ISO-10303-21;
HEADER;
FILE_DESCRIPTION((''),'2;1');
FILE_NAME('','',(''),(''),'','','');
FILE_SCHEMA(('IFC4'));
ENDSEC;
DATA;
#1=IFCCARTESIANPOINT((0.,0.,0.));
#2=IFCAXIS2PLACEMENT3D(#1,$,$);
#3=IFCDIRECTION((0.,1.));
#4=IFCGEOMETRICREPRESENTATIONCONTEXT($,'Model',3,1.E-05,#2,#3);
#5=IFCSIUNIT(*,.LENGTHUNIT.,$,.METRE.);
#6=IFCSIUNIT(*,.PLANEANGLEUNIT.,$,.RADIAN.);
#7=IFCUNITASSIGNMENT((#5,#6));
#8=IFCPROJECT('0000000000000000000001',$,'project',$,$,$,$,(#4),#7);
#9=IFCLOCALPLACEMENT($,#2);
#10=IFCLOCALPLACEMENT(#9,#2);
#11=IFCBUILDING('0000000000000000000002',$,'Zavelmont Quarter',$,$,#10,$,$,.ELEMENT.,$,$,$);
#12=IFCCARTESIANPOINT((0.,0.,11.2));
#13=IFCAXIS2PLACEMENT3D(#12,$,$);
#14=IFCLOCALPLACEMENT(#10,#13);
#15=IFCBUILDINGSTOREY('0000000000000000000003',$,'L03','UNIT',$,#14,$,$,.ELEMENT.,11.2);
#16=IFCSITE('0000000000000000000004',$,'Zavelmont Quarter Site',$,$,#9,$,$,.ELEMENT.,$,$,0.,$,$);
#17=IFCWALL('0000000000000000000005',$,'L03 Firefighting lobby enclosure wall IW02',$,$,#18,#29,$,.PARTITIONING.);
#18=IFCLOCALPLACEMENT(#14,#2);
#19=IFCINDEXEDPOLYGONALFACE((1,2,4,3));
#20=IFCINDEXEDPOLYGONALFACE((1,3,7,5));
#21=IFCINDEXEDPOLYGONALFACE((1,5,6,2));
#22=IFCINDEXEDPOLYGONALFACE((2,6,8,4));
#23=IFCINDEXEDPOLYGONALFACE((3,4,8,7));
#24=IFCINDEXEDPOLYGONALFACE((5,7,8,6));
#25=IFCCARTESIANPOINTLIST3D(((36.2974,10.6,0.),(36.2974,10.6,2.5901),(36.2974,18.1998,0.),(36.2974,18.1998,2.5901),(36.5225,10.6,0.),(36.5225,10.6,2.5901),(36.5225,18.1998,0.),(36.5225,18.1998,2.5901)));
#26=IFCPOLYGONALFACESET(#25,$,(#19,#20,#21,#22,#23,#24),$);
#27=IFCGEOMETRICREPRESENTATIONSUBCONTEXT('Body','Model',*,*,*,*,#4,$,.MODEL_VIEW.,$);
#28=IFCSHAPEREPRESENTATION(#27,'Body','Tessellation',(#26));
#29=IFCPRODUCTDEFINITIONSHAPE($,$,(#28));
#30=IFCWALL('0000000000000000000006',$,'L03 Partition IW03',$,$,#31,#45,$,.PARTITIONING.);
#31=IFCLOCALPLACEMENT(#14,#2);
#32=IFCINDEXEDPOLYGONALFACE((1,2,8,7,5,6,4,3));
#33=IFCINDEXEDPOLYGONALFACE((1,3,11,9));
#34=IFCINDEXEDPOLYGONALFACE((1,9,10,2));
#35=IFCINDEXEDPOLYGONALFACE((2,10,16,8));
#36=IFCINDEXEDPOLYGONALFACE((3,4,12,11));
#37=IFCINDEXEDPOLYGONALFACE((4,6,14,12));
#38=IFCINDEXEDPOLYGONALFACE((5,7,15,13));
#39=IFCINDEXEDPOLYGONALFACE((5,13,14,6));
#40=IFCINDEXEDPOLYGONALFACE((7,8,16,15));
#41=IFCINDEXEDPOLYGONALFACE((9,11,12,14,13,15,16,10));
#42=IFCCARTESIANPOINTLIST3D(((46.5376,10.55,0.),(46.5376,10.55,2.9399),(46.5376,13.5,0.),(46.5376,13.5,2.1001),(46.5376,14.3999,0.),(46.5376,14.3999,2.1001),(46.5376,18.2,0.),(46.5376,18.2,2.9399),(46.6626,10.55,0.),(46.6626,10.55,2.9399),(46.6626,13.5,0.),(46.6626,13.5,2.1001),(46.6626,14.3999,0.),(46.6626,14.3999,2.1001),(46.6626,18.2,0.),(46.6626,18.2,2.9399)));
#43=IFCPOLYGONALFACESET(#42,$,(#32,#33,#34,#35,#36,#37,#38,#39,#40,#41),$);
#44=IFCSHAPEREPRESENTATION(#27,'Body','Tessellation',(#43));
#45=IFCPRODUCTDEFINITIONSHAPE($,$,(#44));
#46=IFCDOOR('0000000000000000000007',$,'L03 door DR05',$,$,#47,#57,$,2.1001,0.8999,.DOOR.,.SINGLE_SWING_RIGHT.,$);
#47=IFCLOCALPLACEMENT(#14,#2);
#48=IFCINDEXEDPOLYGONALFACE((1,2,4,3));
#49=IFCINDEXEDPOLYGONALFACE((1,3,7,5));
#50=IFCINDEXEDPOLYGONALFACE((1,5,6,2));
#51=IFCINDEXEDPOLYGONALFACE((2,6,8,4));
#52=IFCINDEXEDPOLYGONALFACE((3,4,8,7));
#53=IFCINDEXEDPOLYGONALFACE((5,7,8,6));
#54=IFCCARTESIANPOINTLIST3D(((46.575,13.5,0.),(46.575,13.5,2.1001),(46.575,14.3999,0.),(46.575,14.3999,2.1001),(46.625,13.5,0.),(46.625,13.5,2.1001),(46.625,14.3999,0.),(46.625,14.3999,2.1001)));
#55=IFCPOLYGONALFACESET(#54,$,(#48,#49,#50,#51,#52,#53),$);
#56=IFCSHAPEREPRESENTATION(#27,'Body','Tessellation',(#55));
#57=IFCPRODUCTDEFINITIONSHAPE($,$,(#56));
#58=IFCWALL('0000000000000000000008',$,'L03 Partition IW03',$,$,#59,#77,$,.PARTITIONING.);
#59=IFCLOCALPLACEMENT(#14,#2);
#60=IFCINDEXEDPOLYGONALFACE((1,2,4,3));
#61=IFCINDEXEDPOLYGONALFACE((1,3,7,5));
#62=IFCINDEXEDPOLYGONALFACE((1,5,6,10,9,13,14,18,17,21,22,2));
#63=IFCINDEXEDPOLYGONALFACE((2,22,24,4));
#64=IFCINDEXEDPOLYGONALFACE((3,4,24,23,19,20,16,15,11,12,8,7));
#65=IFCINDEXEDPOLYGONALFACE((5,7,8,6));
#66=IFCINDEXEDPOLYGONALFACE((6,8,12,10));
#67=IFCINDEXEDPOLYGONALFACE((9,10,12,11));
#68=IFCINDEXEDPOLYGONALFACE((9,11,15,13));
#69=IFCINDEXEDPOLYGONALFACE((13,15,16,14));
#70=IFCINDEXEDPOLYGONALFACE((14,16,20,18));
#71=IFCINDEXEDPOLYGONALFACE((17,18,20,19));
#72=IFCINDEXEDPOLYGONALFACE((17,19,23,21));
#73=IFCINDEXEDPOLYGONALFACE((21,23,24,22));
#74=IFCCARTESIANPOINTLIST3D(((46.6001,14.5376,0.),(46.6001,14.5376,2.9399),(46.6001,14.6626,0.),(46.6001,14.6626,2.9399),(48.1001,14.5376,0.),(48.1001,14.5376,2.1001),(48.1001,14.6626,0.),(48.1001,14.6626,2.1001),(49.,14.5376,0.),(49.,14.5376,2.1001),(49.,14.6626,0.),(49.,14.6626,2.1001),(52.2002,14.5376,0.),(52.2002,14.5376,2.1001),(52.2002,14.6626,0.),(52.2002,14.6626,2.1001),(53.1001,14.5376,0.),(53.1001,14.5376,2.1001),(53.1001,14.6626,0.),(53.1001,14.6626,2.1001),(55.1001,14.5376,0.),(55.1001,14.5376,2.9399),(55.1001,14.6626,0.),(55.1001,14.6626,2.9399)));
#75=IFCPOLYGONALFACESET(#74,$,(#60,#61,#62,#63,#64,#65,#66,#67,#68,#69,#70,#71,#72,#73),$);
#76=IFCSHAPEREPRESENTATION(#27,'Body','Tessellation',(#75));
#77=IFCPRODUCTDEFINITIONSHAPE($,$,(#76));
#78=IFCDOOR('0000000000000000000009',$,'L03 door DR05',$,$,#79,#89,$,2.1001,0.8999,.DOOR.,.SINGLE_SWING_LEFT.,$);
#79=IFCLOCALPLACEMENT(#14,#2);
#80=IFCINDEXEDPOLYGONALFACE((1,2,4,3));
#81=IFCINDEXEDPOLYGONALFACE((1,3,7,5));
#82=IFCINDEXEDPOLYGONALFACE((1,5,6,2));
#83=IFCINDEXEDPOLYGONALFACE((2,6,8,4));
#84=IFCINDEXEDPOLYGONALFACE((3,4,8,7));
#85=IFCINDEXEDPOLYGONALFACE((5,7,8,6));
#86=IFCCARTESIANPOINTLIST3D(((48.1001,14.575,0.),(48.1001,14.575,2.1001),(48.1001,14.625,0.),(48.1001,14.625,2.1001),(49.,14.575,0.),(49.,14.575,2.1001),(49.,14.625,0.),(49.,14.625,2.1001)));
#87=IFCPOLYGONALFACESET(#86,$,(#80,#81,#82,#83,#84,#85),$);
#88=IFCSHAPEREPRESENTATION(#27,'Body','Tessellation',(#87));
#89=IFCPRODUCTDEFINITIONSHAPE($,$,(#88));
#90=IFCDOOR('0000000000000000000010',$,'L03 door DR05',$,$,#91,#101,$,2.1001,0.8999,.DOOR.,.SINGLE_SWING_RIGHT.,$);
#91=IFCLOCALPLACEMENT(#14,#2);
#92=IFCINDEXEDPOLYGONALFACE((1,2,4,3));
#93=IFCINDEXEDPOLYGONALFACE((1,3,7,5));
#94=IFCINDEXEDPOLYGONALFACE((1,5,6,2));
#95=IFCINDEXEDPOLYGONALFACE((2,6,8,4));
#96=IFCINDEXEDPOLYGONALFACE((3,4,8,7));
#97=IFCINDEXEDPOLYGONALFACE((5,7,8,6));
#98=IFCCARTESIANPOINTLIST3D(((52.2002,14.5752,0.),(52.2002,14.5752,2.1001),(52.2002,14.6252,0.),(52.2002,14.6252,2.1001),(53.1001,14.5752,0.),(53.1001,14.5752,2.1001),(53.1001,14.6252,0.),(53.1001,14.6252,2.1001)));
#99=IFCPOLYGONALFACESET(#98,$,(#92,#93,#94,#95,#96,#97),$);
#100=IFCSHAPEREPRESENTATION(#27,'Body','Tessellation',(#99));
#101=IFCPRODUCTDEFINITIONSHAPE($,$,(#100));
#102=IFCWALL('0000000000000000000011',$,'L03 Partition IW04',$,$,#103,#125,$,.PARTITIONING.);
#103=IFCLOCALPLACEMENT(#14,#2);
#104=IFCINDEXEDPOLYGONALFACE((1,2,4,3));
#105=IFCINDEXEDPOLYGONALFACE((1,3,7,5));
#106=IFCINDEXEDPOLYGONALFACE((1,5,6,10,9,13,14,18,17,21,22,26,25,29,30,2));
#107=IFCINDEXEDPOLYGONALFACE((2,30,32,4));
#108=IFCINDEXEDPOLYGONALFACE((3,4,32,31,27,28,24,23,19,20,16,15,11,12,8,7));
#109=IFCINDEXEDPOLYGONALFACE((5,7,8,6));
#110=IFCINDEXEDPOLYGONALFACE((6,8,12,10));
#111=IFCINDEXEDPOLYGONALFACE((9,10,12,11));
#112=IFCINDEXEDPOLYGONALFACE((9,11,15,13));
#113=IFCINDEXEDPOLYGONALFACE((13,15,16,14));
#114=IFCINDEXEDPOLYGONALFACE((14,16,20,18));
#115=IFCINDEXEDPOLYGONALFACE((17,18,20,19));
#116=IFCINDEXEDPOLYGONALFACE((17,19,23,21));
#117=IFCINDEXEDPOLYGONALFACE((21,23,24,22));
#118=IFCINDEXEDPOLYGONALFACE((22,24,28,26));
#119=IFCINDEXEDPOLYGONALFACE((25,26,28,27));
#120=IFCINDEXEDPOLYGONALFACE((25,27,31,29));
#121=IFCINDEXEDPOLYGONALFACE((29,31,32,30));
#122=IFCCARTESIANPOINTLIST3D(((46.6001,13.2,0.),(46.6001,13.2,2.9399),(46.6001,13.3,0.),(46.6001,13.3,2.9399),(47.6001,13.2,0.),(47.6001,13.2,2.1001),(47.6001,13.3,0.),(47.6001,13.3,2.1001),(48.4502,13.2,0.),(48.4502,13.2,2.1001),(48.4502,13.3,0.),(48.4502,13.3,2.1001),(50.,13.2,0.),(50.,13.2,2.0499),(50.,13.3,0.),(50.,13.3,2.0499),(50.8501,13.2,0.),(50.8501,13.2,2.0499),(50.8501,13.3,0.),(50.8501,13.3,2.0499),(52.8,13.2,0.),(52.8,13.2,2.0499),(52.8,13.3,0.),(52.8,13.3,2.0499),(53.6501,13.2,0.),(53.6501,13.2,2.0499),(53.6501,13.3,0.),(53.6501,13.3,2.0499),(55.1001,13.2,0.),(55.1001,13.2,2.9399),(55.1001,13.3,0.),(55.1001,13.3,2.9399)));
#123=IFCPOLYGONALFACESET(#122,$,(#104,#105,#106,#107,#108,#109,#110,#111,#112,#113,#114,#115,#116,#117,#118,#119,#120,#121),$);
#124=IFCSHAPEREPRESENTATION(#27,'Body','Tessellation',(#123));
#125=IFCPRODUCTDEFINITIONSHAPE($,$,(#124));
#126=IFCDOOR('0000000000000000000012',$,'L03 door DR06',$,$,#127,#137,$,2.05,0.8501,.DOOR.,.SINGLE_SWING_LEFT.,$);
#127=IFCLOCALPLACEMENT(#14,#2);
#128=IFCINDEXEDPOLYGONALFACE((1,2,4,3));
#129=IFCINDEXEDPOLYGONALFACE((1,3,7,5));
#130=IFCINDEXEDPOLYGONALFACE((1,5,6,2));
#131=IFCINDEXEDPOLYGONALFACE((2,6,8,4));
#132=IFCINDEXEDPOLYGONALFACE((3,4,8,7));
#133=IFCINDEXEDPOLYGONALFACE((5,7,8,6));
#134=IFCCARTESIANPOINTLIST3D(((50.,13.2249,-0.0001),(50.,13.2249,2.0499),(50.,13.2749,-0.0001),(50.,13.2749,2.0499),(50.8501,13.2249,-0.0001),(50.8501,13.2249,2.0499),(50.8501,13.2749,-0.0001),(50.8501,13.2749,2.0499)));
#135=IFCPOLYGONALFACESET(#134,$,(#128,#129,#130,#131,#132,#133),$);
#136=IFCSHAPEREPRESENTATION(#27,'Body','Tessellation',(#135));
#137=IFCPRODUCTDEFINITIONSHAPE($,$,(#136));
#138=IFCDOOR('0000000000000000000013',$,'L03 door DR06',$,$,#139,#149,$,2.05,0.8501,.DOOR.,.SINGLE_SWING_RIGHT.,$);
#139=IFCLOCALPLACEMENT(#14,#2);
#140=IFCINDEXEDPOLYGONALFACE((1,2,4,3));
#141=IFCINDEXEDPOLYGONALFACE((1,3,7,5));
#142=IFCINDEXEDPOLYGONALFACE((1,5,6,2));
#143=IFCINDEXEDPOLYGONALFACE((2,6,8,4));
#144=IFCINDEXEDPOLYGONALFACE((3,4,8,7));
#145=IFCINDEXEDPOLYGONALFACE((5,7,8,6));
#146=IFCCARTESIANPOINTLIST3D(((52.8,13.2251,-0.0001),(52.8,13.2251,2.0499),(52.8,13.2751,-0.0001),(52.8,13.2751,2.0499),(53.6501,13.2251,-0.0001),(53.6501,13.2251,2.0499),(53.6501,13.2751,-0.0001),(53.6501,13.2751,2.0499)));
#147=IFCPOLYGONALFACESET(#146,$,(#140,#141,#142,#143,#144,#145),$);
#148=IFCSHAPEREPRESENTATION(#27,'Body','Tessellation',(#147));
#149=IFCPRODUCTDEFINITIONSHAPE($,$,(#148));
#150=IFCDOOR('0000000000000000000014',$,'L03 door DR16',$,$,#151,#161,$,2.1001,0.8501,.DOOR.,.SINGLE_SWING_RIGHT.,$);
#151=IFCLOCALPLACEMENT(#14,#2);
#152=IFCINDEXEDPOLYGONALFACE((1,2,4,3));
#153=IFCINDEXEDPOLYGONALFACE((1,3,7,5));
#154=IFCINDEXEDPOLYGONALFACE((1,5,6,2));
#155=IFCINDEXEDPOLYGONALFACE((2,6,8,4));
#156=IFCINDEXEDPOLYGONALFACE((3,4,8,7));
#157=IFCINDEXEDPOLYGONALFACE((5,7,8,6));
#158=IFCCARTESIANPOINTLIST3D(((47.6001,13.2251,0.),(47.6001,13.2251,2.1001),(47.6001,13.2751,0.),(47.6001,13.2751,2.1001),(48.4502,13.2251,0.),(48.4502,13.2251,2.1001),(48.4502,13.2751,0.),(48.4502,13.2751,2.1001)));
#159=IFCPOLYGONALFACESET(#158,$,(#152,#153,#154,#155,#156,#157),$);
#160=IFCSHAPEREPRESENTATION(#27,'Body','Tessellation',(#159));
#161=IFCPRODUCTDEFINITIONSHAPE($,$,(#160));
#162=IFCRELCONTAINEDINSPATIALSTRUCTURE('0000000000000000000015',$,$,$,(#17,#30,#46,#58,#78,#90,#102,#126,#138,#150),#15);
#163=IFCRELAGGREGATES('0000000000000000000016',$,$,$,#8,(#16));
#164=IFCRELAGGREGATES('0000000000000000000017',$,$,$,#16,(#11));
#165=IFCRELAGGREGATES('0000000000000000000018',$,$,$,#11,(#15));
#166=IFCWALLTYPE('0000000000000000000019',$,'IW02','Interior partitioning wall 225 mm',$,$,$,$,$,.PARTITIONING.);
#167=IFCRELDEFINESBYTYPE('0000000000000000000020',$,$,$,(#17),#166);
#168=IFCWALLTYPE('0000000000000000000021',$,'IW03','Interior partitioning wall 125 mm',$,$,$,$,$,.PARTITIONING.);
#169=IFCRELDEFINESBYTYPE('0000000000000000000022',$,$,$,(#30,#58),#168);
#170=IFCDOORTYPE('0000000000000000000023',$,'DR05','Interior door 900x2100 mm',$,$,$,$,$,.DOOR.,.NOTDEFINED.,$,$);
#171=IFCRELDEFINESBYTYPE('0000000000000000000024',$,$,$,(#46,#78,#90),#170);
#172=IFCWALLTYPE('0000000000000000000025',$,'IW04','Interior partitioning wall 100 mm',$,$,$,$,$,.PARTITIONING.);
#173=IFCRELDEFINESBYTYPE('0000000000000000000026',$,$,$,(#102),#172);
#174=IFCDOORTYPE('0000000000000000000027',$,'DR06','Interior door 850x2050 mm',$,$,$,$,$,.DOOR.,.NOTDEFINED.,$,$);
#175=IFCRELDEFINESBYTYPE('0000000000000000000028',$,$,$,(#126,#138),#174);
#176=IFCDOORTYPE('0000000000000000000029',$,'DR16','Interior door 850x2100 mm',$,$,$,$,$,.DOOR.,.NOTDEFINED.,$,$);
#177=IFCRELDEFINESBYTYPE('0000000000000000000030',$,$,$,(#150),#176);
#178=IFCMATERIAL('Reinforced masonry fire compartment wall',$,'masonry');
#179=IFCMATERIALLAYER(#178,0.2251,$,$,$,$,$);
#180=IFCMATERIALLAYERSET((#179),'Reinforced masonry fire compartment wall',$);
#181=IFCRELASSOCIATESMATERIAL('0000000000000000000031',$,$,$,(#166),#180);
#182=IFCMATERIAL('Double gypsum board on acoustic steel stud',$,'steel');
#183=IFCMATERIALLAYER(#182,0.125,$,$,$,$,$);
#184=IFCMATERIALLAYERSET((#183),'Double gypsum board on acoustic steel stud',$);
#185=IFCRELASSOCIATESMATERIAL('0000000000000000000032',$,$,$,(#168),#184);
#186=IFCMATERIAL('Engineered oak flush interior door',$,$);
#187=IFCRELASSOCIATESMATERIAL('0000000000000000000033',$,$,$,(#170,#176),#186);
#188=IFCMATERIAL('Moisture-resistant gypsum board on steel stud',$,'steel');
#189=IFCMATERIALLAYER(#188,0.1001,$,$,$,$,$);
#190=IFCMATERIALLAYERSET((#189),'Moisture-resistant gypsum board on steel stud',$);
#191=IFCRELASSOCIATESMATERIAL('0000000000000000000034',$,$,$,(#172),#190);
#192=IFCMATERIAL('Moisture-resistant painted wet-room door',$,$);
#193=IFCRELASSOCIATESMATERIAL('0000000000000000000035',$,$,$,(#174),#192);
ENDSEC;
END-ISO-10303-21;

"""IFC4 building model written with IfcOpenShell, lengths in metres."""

from ifc_helpers import new_model, si_unit, direction, frame, frame_2d, origin, origin_with_axes, place, context, subcontext, project, spatial, rectangle, extrude, material, layer, layer_set, type_object, element, fill, save


model = new_model("IFC4")

# Units and contexts
model_context = context("Model", 3, precision=1e-05, world=origin(), true_north=direction((0.0, 1.0)))
body_context = subcontext(model_context, "Body", "Model", "MODEL_VIEW")
ifc_project = project(units=[si_unit("LENGTHUNIT", "METRE"), si_unit("PLANEANGLEUNIT", "RADIAN")], contexts=[model_context])

# Site, building, storey
site_placement = place(None, origin())
site = spatial("IfcSite", under=ifc_project, at=site_placement, Name="Zavelmont Quarter Site", CompositionType="ELEMENT", RefElevation=0.0)
building_placement = place(site_placement, origin())
building = spatial("IfcBuilding", under=site, at=building_placement, Name="Zavelmont Quarter", CompositionType="ELEMENT")
storey_placement = place(building_placement, frame((0.0, 0.0, 11.2)))
storey = spatial("IfcBuildingStorey", under=building, at=storey_placement, Name="L03", Description="UNIT", CompositionType="ELEMENT", Elevation=11.2)

# Wall
ifc_material_1 = material(Name="Reinforced masonry fire compartment wall", Category="masonry")
ifc_layer_1 = layer(ifc_material_1, 0.2251)
ifc_layer_set_1 = layer_set([ifc_layer_1], Name="Reinforced masonry fire compartment wall")
wall_type_1 = type_object("IfcWallType", Name="IW02", Description="Interior partitioning wall 225 mm", PredefinedType="PARTITIONING", material=ifc_layer_set_1)
wall_1_placement = place(storey_placement, frame((36.4099, 10.6001, 0.0), z_axis=(0.0, 0.0, 1.0), x_axis=(0.0, 1.0, 0.0)))
element("IfcWall", 1, at=wall_1_placement, inside=storey, type_object=wall_type_1, Name="L03 Firefighting lobby enclosure wall IW02", PredefinedType="PARTITIONING", context=body_context, shape_type="SweptSolid", body=[
    extrude(rectangle(XDim=7.5999, YDim=0.2251, at=frame_2d((3.7998, 0.0))), origin(), (0.0, 0.0, 1.0), 2.5901),
])

# Wall, opening, door
ifc_material_2 = material(Name="Double gypsum board on acoustic steel stud", Category="steel")
ifc_layer_2 = layer(ifc_material_2, 0.125)
ifc_layer_set_2 = layer_set([ifc_layer_2], Name="Double gypsum board on acoustic steel stud")
wall_type_2 = type_object("IfcWallType", Name="IW03", Description="Interior partitioning wall 125 mm", PredefinedType="PARTITIONING", material=ifc_layer_set_2)
wall_2_placement = place(storey_placement, frame((46.6001, 10.55, 0.0), z_axis=(0.0, 0.0, 1.0), x_axis=(0.0, 1.0, 0.0)))
wall_2 = element("IfcWall", 2, at=wall_2_placement, inside=storey, type_object=wall_type_2, Name="L03 Partition IW03", PredefinedType="PARTITIONING", context=body_context, shape_type="SweptSolid", body=[
    extrude(rectangle(XDim=7.6499, YDim=0.125, at=frame_2d((3.825, 0.0))), origin(), (0.0, 0.0, 1.0), 2.9399),
])
opening_1_placement = place(wall_2_placement, frame((2.95, 0.0, 0.0)))
opening_1 = element("IfcOpeningElement", 3, at=opening_1_placement, cuts=wall_2, PredefinedType="OPENING", context=body_context, shape_type="SweptSolid", body=[
    extrude(rectangle(XDim=0.8999, YDim=2.1001, at=frame_2d((0.45, 1.05))), frame((0.0, 0.0745, 0.0), z_axis=(0.0, -1.0, 0.0), x_axis=(1.0, 0.0, 0.0)), (0.0, 0.0, 1.0), 0.1489),
])
ifc_material_3 = material(Name="Engineered oak flush interior door")
door_type_1 = type_object("IfcDoorType", Name="DR05", Description="Interior door 900x2100 mm", OperationType="NOTDEFINED", PredefinedType="DOOR", material=ifc_material_3)
door_1_placement = place(opening_1_placement, frame((0.8999, 0.0, 0.0), z_axis=(0.0, 0.0, 1.0), x_axis=(-1.0, 0.0, 0.0)))
door_1 = element("IfcDoor", 4, at=door_1_placement, inside=storey, type_object=door_type_1, Name="L03 door DR05", OperationType="SINGLE_SWING_RIGHT", OverallHeight=2.1001, OverallWidth=0.8999, PredefinedType="DOOR", context=body_context, shape_type="SweptSolid", body=[
    extrude(rectangle(XDim=0.8999, YDim=2.1001, at=frame_2d((0.45, 1.05))), frame((0.0, 0.0249, 0.0), z_axis=(0.0, -1.0, 0.0), x_axis=(1.0, 0.0, 0.0)), (0.0, 0.0, 1.0), 0.05),
])
fill(opening_1, door_1)

# Walls, openings, doors
wall_3_placement = place(storey_placement, frame((46.6001, 14.6001, 0.0), z_axis=(0.0, 0.0, 1.0), x_axis=(1.0, 0.0, 0.0)))
wall_3 = element("IfcWall", 5, at=wall_3_placement, inside=storey, type_object=wall_type_2, Name="L03 Partition IW03", PredefinedType="PARTITIONING", context=body_context, shape_type="SweptSolid", body=[
    extrude(rectangle(XDim=8.5, YDim=0.125, at=frame_2d((4.25, 0.0))), origin(), (0.0, 0.0, 1.0), 2.9399),
])
opening_2_placement = place(wall_3_placement, frame((1.5, 0.0, 0.0)))
opening_2 = element("IfcOpeningElement", 6, at=opening_2_placement, cuts=wall_3, PredefinedType="OPENING", context=body_context, shape_type="SweptSolid", body=[
    extrude(rectangle(XDim=0.8999, YDim=2.1001, at=frame_2d((0.45, 1.05))), frame((0.0, 0.0745, 0.0), z_axis=(0.0, -1.0, 0.0), x_axis=(1.0, 0.0, 0.0)), (0.0, 0.0, 1.0), 0.1489),
])
opening_3_placement = place(wall_3_placement, frame((5.6001, 0.0, 0.0)))
opening_3 = element("IfcOpeningElement", 7, at=opening_3_placement, cuts=wall_3, PredefinedType="OPENING", context=body_context, shape_type="SweptSolid", body=[
    extrude(rectangle(XDim=0.8999, YDim=2.1001, at=frame_2d((0.45, 1.05))), frame((0.0, 0.0745, 0.0), z_axis=(0.0, -1.0, 0.0), x_axis=(1.0, 0.0, 0.0)), (0.0, 0.0, 1.0), 0.1489),
])
door_2_placement = place(opening_2_placement, origin_with_axes())
door_2 = element("IfcDoor", 8, at=door_2_placement, inside=storey, type_object=door_type_1, Name="L03 door DR05", OperationType="SINGLE_SWING_LEFT", OverallHeight=2.1001, OverallWidth=0.8999, PredefinedType="DOOR", context=body_context, shape_type="SweptSolid", body=[
    extrude(rectangle(XDim=0.8999, YDim=2.1001, at=frame_2d((0.45, 1.05))), frame((0.0, 0.0249, 0.0), z_axis=(0.0, -1.0, 0.0), x_axis=(1.0, 0.0, 0.0)), (0.0, 0.0, 1.0), 0.05),
])
fill(opening_2, door_2)
door_3_placement = place(opening_3_placement, frame((0.8999, 0.0, 0.0), z_axis=(0.0, 0.0, 1.0), x_axis=(-1.0, 0.0, 0.0)))
door_3 = element("IfcDoor", 9, at=door_3_placement, inside=storey, type_object=door_type_1, Name="L03 door DR05", OperationType="SINGLE_SWING_RIGHT", OverallHeight=2.1001, OverallWidth=0.8999, PredefinedType="DOOR", context=body_context, shape_type="SweptSolid", body=[
    extrude(rectangle(XDim=0.8999, YDim=2.1001, at=frame_2d((0.45, 1.05))), frame((0.0, 0.0249, 0.0), z_axis=(0.0, -1.0, 0.0), x_axis=(1.0, 0.0, 0.0)), (0.0, 0.0, 1.0), 0.05),
])
fill(opening_3, door_3)
ifc_material_4 = material(Name="Moisture-resistant gypsum board on steel stud", Category="steel")
ifc_layer_3 = layer(ifc_material_4, 0.1001)
ifc_layer_set_3 = layer_set([ifc_layer_3], Name="Moisture-resistant gypsum board on steel stud")
wall_type_3 = type_object("IfcWallType", Name="IW04", Description="Interior partitioning wall 100 mm", PredefinedType="PARTITIONING", material=ifc_layer_set_3)
wall_4_placement = place(storey_placement, frame((46.6001, 13.25, 0.0), z_axis=(0.0, 0.0, 1.0), x_axis=(1.0, 0.0, 0.0)))
wall_4 = element("IfcWall", 10, at=wall_4_placement, inside=storey, type_object=wall_type_3, Name="L03 Partition IW04", PredefinedType="PARTITIONING", context=body_context, shape_type="SweptSolid", body=[
    extrude(rectangle(XDim=8.5, YDim=0.1001, at=frame_2d((4.25, 0.0))), origin(), (0.0, 0.0, 1.0), 2.9399),
])
opening_4_placement = place(wall_4_placement, frame((1.0, 0.0, 0.0)))
opening_4 = element("IfcOpeningElement", 11, at=opening_4_placement, cuts=wall_4, PredefinedType="OPENING", context=body_context, shape_type="SweptSolid", body=[
    extrude(rectangle(XDim=0.8501, YDim=2.1001, at=frame_2d((0.425, 1.05))), frame((0.0, 0.062, 0.0), z_axis=(0.0, -1.0, 0.0), x_axis=(1.0, 0.0, 0.0)), (0.0, 0.0, 1.0), 0.124),
])
opening_5_placement = place(wall_4_placement, frame((3.3999, 0.0, 0.0)))
opening_5 = element("IfcOpeningElement", 12, at=opening_5_placement, cuts=wall_4, PredefinedType="OPENING", context=body_context, shape_type="SweptSolid", body=[
    extrude(rectangle(XDim=0.8501, YDim=2.05, at=frame_2d((0.425, 1.0249))), frame((0.0, 0.062, 0.0), z_axis=(0.0, -1.0, 0.0), x_axis=(1.0, 0.0, 0.0)), (0.0, 0.0, 1.0), 0.124),
])
opening_6_placement = place(wall_4_placement, frame((6.2, 0.0, 0.0)))
opening_6 = element("IfcOpeningElement", 13, at=opening_6_placement, cuts=wall_4, PredefinedType="OPENING", context=body_context, shape_type="SweptSolid", body=[
    extrude(rectangle(XDim=0.8501, YDim=2.05, at=frame_2d((0.425, 1.0249))), frame((0.0, 0.062, 0.0), z_axis=(0.0, -1.0, 0.0), x_axis=(1.0, 0.0, 0.0)), (0.0, 0.0, 1.0), 0.124),
])
ifc_material_5 = material(Name="Moisture-resistant painted wet-room door")
door_type_2 = type_object("IfcDoorType", Name="DR06", Description="Interior door 850x2050 mm", OperationType="NOTDEFINED", PredefinedType="DOOR", material=ifc_material_5)
door_4_placement = place(opening_5_placement, origin_with_axes())
door_4 = element("IfcDoor", 14, at=door_4_placement, inside=storey, type_object=door_type_2, Name="L03 door DR06", OperationType="SINGLE_SWING_LEFT", OverallHeight=2.05, OverallWidth=0.8501, PredefinedType="DOOR", context=body_context, shape_type="SweptSolid", body=[
    extrude(rectangle(XDim=0.8501, YDim=2.05, at=frame_2d((0.425, 1.0249))), frame((0.0, 0.0249, 0.0), z_axis=(0.0, -1.0, 0.0), x_axis=(1.0, 0.0, 0.0)), (0.0, 0.0, 1.0), 0.05),
])
fill(opening_5, door_4)
door_5_placement = place(opening_6_placement, frame((0.8501, 0.0, 0.0), z_axis=(0.0, 0.0, 1.0), x_axis=(-1.0, 0.0, 0.0)))
door_5 = element("IfcDoor", 15, at=door_5_placement, inside=storey, type_object=door_type_2, Name="L03 door DR06", OperationType="SINGLE_SWING_RIGHT", OverallHeight=2.05, OverallWidth=0.8501, PredefinedType="DOOR", context=body_context, shape_type="SweptSolid", body=[
    extrude(rectangle(XDim=0.8501, YDim=2.05, at=frame_2d((0.425, 1.0249))), frame((0.0, 0.0249, 0.0), z_axis=(0.0, -1.0, 0.0), x_axis=(1.0, 0.0, 0.0)), (0.0, 0.0, 1.0), 0.05),
])
fill(opening_6, door_5)
door_type_3 = type_object("IfcDoorType", Name="DR16", Description="Interior door 850x2100 mm", OperationType="NOTDEFINED", PredefinedType="DOOR", material=ifc_material_3)
door_6_placement = place(opening_4_placement, frame((0.8501, 0.0, 0.0), z_axis=(0.0, 0.0, 1.0), x_axis=(-1.0, 0.0, 0.0)))
door_6 = element("IfcDoor", 16, at=door_6_placement, inside=storey, type_object=door_type_3, Name="L03 door DR16", OperationType="SINGLE_SWING_RIGHT", OverallHeight=2.1001, OverallWidth=0.8501, PredefinedType="DOOR", context=body_context, shape_type="SweptSolid", body=[
    extrude(rectangle(XDim=0.8501, YDim=2.1001, at=frame_2d((0.425, 1.05))), frame((0.0, 0.0249, 0.0), z_axis=(0.0, -1.0, 0.0), x_axis=(1.0, 0.0, 0.0)), (0.0, 0.0, 1.0), 0.05),
])
fill(opening_4, door_6)

save(model, "model.ifc")
